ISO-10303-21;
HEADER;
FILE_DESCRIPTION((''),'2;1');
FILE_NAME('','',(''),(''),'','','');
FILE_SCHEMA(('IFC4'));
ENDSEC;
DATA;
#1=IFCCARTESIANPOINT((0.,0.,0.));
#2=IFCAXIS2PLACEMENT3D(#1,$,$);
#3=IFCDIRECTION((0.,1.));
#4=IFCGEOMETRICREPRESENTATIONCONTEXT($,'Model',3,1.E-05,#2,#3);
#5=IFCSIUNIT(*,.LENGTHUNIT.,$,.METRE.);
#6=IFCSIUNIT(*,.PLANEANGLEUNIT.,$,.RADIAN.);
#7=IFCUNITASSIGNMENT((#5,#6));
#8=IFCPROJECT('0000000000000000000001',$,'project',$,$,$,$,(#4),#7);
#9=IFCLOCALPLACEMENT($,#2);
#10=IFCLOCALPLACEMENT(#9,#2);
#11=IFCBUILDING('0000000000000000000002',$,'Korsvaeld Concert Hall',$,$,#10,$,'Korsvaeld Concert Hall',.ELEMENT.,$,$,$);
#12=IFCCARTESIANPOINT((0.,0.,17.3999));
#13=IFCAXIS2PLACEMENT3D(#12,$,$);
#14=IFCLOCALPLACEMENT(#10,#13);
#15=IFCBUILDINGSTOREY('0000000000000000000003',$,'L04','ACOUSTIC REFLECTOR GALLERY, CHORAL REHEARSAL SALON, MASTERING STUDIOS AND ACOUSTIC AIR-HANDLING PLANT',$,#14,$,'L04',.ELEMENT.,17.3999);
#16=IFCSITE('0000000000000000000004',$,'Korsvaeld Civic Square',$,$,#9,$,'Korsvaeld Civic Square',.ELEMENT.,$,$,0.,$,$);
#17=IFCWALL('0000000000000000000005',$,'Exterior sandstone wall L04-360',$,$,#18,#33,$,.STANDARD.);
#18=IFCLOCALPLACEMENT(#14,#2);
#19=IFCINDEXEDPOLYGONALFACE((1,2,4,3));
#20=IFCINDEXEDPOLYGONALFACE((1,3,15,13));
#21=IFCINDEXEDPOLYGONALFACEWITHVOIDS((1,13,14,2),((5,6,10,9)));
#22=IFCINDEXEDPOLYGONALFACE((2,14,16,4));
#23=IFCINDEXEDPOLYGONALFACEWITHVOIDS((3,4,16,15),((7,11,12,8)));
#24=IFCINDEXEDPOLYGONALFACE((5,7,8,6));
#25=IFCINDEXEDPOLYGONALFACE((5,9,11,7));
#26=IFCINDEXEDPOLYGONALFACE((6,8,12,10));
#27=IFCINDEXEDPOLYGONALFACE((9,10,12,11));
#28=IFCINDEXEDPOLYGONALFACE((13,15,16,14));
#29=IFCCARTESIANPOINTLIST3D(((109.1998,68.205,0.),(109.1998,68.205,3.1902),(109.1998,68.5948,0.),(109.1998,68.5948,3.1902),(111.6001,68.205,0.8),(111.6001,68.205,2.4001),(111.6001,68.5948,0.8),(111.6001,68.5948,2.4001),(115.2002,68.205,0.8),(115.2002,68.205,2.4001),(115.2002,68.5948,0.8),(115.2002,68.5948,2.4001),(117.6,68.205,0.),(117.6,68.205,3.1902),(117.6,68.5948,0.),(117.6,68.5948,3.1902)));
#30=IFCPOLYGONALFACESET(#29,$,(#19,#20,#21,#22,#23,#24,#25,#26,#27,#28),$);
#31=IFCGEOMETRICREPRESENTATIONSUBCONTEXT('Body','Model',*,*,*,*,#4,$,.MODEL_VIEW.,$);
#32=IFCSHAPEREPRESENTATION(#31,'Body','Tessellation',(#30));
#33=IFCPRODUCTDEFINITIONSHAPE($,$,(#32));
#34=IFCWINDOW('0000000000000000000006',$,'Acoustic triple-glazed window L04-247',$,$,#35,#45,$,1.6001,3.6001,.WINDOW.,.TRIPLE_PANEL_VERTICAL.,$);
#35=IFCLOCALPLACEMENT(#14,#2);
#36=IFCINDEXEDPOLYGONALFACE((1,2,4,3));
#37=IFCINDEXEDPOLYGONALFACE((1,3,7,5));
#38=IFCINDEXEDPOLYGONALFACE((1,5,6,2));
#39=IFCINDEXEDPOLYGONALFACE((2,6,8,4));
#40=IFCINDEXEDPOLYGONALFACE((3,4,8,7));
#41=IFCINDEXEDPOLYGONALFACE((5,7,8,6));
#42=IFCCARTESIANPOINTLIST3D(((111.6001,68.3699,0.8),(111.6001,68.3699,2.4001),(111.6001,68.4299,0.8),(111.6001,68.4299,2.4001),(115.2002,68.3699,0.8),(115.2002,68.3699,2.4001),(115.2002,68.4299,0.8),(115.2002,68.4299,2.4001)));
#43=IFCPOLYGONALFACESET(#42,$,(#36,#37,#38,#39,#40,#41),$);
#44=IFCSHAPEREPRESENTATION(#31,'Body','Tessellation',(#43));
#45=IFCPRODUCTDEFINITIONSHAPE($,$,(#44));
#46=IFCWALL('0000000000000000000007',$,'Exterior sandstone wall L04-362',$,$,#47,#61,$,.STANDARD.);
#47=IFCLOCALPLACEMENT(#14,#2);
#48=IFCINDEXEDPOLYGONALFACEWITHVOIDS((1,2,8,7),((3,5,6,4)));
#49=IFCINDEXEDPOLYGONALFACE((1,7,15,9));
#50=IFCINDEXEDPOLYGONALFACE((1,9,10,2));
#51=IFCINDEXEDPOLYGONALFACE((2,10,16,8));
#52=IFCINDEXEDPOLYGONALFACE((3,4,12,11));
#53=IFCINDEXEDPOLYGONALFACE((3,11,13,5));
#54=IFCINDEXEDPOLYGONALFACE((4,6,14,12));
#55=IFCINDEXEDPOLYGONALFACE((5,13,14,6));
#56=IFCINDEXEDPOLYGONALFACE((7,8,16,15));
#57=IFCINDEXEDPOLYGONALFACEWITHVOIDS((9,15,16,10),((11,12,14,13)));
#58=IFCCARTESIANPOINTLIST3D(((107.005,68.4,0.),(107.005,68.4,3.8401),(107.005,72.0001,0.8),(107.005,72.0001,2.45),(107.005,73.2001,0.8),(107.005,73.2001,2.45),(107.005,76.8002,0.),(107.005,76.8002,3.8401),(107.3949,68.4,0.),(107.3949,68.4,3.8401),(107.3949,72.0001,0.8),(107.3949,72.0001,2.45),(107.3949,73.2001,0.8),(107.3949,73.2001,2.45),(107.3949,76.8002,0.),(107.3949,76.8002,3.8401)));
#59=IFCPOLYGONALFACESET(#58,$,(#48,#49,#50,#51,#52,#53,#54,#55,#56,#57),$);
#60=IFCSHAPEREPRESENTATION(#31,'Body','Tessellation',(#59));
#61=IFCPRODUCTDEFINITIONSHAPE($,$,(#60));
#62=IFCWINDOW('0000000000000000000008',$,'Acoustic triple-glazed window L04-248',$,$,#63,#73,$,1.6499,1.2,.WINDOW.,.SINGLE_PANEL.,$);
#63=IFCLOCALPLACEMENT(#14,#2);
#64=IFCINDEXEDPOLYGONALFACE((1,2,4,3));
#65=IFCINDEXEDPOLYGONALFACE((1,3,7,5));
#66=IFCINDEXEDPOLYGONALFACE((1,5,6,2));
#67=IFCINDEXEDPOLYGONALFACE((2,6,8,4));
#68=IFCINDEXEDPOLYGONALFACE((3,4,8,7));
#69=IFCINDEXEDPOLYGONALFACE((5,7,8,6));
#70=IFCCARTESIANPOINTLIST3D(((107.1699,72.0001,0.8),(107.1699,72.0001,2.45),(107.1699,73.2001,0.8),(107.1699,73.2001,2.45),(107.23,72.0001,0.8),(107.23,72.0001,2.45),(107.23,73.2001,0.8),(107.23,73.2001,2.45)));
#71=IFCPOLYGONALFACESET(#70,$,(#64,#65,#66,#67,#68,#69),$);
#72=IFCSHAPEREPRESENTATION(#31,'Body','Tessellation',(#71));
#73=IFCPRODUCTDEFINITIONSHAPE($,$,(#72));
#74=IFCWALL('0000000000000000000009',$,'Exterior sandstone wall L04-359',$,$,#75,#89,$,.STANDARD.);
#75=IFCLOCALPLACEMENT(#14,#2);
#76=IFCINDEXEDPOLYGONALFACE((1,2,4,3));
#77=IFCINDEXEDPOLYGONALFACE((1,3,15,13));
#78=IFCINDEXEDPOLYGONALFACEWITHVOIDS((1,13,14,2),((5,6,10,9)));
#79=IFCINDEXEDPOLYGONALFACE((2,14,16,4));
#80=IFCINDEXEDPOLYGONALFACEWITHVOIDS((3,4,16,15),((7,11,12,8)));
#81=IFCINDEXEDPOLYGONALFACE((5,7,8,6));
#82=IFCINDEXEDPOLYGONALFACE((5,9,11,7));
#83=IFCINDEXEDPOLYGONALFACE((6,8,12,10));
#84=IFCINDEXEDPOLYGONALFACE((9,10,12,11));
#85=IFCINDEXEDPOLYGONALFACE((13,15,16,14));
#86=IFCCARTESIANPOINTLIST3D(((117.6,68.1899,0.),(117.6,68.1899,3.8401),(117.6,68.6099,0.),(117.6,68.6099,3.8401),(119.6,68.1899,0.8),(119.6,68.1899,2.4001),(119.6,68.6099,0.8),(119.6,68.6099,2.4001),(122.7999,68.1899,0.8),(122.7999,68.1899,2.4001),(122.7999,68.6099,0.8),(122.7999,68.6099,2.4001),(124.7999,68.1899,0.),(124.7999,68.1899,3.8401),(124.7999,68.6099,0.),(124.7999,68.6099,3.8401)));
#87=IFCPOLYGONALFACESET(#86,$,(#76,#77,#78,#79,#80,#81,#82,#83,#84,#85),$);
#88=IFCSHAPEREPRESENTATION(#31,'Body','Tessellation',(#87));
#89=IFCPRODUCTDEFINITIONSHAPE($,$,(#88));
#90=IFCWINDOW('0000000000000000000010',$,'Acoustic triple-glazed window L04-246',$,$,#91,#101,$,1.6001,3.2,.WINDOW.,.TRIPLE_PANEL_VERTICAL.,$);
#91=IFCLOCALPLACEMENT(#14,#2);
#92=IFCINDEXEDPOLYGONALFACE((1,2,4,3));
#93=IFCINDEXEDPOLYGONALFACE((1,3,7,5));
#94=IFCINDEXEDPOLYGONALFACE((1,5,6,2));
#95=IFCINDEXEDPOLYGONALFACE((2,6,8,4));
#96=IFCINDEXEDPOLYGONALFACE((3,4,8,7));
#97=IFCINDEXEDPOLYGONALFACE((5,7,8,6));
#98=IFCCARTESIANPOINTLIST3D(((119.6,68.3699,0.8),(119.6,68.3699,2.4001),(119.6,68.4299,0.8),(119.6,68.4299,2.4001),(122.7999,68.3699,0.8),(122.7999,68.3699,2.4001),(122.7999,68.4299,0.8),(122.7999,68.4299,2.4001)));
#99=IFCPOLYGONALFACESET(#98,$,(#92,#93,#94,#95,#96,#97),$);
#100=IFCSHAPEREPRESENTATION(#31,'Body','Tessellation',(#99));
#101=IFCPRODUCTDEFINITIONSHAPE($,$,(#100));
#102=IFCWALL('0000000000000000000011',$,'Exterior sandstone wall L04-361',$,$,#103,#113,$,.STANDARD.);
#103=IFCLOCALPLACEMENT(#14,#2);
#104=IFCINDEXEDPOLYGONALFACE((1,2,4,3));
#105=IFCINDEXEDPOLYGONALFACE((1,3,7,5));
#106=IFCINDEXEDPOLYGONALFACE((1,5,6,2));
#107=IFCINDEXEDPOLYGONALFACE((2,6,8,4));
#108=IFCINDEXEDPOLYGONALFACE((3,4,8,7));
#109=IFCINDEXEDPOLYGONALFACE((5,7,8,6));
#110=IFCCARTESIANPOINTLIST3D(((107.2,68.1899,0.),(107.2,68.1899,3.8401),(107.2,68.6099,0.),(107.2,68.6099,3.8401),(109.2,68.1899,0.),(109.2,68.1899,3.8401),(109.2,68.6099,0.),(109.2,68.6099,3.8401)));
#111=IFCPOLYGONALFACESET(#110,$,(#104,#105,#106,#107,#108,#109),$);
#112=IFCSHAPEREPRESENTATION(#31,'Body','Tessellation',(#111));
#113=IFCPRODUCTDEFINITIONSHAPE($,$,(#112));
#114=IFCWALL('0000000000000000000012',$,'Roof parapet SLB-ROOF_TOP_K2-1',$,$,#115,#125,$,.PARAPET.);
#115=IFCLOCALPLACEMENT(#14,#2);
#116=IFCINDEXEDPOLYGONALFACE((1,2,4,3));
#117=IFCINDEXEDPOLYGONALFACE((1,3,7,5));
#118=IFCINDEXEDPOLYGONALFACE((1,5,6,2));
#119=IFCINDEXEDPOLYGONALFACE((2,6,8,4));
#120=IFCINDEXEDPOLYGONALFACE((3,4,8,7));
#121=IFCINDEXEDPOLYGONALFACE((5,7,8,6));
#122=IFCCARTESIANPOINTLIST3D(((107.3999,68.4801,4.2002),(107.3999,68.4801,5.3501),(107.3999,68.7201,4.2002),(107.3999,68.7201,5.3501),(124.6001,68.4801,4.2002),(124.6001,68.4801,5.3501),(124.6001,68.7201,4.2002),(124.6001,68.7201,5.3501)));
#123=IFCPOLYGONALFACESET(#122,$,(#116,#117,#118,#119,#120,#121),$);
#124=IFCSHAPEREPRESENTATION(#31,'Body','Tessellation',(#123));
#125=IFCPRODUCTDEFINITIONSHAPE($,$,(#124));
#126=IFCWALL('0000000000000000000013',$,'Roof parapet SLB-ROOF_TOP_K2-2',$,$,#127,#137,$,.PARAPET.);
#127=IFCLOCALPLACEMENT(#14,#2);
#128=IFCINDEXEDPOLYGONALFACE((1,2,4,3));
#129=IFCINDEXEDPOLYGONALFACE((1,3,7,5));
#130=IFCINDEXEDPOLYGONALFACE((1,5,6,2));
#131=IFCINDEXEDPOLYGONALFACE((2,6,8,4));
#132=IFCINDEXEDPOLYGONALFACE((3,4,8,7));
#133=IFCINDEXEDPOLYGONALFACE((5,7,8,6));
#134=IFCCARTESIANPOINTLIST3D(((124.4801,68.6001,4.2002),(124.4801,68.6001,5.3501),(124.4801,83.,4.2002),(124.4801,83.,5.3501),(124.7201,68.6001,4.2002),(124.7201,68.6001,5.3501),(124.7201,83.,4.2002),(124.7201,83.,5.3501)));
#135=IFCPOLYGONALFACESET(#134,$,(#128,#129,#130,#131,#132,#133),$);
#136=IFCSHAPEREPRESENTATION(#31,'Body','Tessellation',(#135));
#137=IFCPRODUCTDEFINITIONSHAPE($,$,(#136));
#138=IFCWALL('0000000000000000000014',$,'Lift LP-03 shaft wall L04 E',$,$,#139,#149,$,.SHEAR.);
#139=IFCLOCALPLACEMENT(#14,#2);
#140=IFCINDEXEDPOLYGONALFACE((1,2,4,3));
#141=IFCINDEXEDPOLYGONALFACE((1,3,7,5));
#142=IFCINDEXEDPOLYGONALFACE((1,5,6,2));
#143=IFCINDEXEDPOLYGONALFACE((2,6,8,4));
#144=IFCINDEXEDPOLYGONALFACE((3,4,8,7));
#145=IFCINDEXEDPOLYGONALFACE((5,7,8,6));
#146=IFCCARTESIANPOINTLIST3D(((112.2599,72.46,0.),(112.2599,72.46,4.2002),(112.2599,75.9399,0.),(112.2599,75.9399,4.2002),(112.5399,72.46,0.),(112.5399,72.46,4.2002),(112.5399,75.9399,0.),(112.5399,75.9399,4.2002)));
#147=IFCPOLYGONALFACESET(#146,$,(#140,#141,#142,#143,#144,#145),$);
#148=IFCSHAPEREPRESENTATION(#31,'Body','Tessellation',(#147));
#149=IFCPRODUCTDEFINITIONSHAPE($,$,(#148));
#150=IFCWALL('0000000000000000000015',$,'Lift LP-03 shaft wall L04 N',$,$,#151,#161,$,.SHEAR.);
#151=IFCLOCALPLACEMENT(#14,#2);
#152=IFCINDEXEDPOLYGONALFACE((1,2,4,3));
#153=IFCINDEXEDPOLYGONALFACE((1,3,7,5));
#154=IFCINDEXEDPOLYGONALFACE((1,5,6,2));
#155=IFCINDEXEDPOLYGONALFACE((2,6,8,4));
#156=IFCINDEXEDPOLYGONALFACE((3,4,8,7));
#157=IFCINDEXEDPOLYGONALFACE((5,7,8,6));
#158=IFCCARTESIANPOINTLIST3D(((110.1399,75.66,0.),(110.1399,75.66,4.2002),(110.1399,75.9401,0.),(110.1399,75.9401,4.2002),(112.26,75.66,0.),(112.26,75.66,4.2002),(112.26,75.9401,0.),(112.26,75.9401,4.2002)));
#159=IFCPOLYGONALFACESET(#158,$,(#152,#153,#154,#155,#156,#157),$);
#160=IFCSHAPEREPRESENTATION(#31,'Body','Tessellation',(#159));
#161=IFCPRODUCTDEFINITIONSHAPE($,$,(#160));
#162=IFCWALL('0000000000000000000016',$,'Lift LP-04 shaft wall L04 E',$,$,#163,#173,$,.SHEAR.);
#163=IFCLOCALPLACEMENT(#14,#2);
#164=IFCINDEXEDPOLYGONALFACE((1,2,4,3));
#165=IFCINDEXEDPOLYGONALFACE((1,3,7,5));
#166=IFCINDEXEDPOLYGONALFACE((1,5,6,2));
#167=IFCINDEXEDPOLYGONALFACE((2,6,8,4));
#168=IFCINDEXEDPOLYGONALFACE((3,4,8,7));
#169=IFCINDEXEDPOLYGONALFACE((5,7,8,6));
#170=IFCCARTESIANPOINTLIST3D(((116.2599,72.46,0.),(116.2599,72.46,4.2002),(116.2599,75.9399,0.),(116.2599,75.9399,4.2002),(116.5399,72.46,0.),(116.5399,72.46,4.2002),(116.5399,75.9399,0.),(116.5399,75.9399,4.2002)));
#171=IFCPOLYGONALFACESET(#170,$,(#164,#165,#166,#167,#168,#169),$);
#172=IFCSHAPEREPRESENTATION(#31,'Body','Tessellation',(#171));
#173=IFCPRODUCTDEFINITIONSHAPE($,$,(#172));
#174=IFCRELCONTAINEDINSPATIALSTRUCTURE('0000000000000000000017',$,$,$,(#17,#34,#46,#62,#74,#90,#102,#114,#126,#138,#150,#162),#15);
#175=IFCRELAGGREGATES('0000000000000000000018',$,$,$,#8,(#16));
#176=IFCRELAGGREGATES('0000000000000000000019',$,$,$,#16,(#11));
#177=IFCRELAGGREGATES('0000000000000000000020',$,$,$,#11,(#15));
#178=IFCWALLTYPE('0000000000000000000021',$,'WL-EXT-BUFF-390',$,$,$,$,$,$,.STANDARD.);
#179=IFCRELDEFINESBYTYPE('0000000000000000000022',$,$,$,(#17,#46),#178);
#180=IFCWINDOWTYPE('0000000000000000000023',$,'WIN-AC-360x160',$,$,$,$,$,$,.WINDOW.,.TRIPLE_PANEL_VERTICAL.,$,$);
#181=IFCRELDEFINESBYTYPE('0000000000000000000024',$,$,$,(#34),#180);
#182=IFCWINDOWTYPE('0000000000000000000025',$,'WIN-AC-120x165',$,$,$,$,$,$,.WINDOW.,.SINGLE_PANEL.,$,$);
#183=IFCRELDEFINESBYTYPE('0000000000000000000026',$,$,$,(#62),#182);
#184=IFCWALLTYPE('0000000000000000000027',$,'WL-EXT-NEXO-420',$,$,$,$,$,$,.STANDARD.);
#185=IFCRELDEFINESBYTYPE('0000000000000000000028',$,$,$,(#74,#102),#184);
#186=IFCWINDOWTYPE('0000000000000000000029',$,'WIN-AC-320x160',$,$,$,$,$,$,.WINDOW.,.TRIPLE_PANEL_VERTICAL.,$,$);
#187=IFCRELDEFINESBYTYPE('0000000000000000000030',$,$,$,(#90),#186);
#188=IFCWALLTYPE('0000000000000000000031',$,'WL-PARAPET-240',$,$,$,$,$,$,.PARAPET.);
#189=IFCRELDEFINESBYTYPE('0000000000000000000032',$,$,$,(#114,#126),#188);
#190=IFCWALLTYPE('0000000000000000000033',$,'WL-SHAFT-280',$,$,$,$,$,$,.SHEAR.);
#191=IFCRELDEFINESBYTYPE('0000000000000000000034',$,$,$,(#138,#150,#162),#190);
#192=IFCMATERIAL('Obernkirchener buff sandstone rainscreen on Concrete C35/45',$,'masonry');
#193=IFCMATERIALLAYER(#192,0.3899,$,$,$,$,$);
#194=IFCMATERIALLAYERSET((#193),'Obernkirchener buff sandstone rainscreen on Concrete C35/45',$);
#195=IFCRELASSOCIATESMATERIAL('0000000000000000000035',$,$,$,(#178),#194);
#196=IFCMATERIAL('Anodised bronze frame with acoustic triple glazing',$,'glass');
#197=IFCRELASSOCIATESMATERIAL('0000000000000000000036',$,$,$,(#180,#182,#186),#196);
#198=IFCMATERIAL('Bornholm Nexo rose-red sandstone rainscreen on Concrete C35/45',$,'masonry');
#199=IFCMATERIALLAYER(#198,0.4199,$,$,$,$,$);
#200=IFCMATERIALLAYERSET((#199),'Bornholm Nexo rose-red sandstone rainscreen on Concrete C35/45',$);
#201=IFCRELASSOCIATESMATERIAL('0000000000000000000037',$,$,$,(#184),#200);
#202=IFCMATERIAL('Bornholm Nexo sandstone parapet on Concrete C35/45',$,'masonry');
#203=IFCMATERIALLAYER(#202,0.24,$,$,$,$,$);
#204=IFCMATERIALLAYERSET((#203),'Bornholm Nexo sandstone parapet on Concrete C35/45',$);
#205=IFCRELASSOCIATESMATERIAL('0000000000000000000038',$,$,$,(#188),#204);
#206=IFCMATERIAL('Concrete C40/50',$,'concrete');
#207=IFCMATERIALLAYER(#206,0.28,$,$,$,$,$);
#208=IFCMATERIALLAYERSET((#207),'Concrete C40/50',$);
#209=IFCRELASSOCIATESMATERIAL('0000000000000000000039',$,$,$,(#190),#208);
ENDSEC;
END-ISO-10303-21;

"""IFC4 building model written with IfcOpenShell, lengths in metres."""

from ifc_helpers import new_model, si_unit, direction, frame, frame_2d, origin, place, context, subcontext, project, spatial, rectangle, extrude, material, layer, layer_set, type_object, element, fill, save


model = new_model("IFC4")

# Units and contexts
model_context = context("Model", 3, precision=1e-05, world=origin(), true_north=direction((0.0, 1.0)))
body_context = subcontext(model_context, "Body", "Model", "MODEL_VIEW")
ifc_project = project(units=[si_unit("LENGTHUNIT", "METRE"), si_unit("PLANEANGLEUNIT", "RADIAN")], contexts=[model_context])

# Site, building, storey
site_placement = place(None, origin())
site = spatial("IfcSite", under=ifc_project, at=site_placement, Name="Korsvaeld Civic Square", LongName="Korsvaeld Civic Square", CompositionType="ELEMENT", RefElevation=0.0)
building_placement = place(site_placement, origin())
building = spatial("IfcBuilding", under=site, at=building_placement, Name="Korsvaeld Concert Hall", LongName="Korsvaeld Concert Hall", CompositionType="ELEMENT")
storey_placement = place(building_placement, frame((0.0, 0.0, 17.3999)))
storey = spatial("IfcBuildingStorey", under=building, at=storey_placement, Name="L04", Description="ACOUSTIC REFLECTOR GALLERY, CHORAL REHEARSAL SALON, MASTERING STUDIOS AND ACOUSTIC AIR-HANDLING PLANT", LongName="L04", CompositionType="ELEMENT", Elevation=17.3999)

# Shared definitions
ifc_material_1 = material(Name="Concrete C40/50", Category="concrete")

# Walls, openings, windows
ifc_material_2 = material(Name="Obernkirchener buff sandstone rainscreen on Concrete C35/45", Category="masonry")
ifc_layer_1 = layer(ifc_material_2, 0.3899)
ifc_layer_set_1 = layer_set([ifc_layer_1], Name="Obernkirchener buff sandstone rainscreen on Concrete C35/45")
wall_type_1 = type_object("IfcWallType", Name="WL-EXT-BUFF-390", PredefinedType="STANDARD", material=ifc_layer_set_1)
wall_1_placement = place(storey_placement, frame((117.6001, 68.3999, 0.0), z_axis=(0.0, 0.0, 1.0), x_axis=(-1.0, 0.0, 0.0)))
wall_1 = element("IfcWall", 1, at=wall_1_placement, inside=storey, type_object=wall_type_1, Name="Exterior sandstone wall L04-360", PredefinedType="STANDARD", context=body_context, shape_type="SweptSolid", body=[
    extrude(rectangle(XDim=8.4001, YDim=0.3899, at=frame_2d((4.2002, 0.0))), origin(), (0.0, 0.0, 1.0), 3.1902),
])
opening_1_placement = place(wall_1_placement, frame((2.3999, 0.0, 0.8)))
opening_1 = element("IfcOpeningElement", 2, at=opening_1_placement, cuts=wall_1, PredefinedType="OPENING", context=body_context, shape_type="SweptSolid", body=[
    extrude(rectangle(XDim=3.6001, YDim=1.6001, at=frame_2d((1.8, 0.8))), frame((0.0, 0.2051, 0.0), z_axis=(0.0, -1.0, 0.0), x_axis=(1.0, 0.0, 0.0)), (0.0, 0.0, 1.0), 0.4099),
])
ifc_material_3 = material(Name="Anodised bronze frame with acoustic triple glazing", Category="glass")
window_type_1 = type_object("IfcWindowType", Name="WIN-AC-360x160", PartitioningType="TRIPLE_PANEL_VERTICAL", PredefinedType="WINDOW", material=ifc_material_3)
window_1_placement = place(opening_1_placement, origin())
window_1 = element("IfcWindow", 3, at=window_1_placement, inside=storey, type_object=window_type_1, Name="Acoustic triple-glazed window L04-247", OverallHeight=1.6001, OverallWidth=3.6001, PartitioningType="TRIPLE_PANEL_VERTICAL", PredefinedType="WINDOW", context=body_context, shape_type="SweptSolid", body=[
    extrude(rectangle(XDim=3.6001, YDim=1.6001, at=frame_2d((1.8, 0.8))), frame((0.0, 0.03, 0.0), z_axis=(0.0, -1.0, 0.0), x_axis=(1.0, 0.0, 0.0)), (0.0, 0.0, 1.0), 0.0601),
])
fill(opening_1, window_1)
wall_2_placement = place(storey_placement, frame((107.2, 68.3999, 0.0), z_axis=(0.0, 0.0, 1.0), x_axis=(0.0, 1.0, 0.0)))
wall_2 = element("IfcWall", 4, at=wall_2_placement, inside=storey, type_object=wall_type_1, Name="Exterior sandstone wall L04-362", PredefinedType="STANDARD", context=body_context, shape_type="SweptSolid", body=[
    extrude(rectangle(XDim=8.4001, YDim=0.3899, at=frame_2d((4.2002, 0.0))), origin(), (0.0, 0.0, 1.0), 3.8401),
])
opening_2_placement = place(wall_2_placement, frame((3.6001, 0.0, 0.8)))
opening_2 = element("IfcOpeningElement", 5, at=opening_2_placement, cuts=wall_2, PredefinedType="OPENING", context=body_context, shape_type="SweptSolid", body=[
    extrude(rectangle(XDim=1.2, YDim=1.6499, at=frame_2d((0.6001, 0.825))), frame((0.0, 0.2051, 0.0), z_axis=(0.0, -1.0, 0.0), x_axis=(1.0, 0.0, 0.0)), (0.0, 0.0, 1.0), 0.4099),
])
window_type_2 = type_object("IfcWindowType", Name="WIN-AC-120x165", PartitioningType="SINGLE_PANEL", PredefinedType="WINDOW", material=ifc_material_3)
window_2_placement = place(opening_2_placement, origin())
window_2 = element("IfcWindow", 6, at=window_2_placement, inside=storey, type_object=window_type_2, Name="Acoustic triple-glazed window L04-248", OverallHeight=1.6499, OverallWidth=1.2, PartitioningType="SINGLE_PANEL", PredefinedType="WINDOW", context=body_context, shape_type="SweptSolid", body=[
    extrude(rectangle(XDim=1.2, YDim=1.6499, at=frame_2d((0.6001, 0.825))), frame((0.0, 0.03, 0.0), z_axis=(0.0, -1.0, 0.0), x_axis=(1.0, 0.0, 0.0)), (0.0, 0.0, 1.0), 0.0601),
])
fill(opening_2, window_2)
ifc_material_4 = material(Name="Bornholm Nexo rose-red sandstone rainscreen on Concrete C35/45", Category="masonry")
ifc_layer_2 = layer(ifc_material_4, 0.4199)
ifc_layer_set_2 = layer_set([ifc_layer_2], Name="Bornholm Nexo rose-red sandstone rainscreen on Concrete C35/45")
wall_type_2 = type_object("IfcWallType", Name="WL-EXT-NEXO-420", PredefinedType="STANDARD", material=ifc_layer_set_2)
wall_3_placement = place(storey_placement, frame((124.8, 68.3999, 0.0), z_axis=(0.0, 0.0, 1.0), x_axis=(-1.0, 0.0, 0.0)))
wall_3 = element("IfcWall", 7, at=wall_3_placement, inside=storey, type_object=wall_type_2, Name="Exterior sandstone wall L04-359", PredefinedType="STANDARD", context=body_context, shape_type="SweptSolid", body=[
    extrude(rectangle(XDim=7.2, YDim=0.4199, at=frame_2d((3.6001, 0.0))), origin(), (0.0, 0.0, 1.0), 3.8401),
])
opening_3_placement = place(wall_3_placement, frame((2.0, 0.0, 0.8)))
opening_3 = element("IfcOpeningElement", 8, at=opening_3_placement, cuts=wall_3, PredefinedType="OPENING", context=body_context, shape_type="SweptSolid", body=[
    extrude(rectangle(XDim=3.2, YDim=1.6001, at=frame_2d((1.6001, 0.8))), frame((0.0, 0.22, 0.0), z_axis=(0.0, -1.0, 0.0), x_axis=(1.0, 0.0, 0.0)), (0.0, 0.0, 1.0), 0.4399),
])
window_type_3 = type_object("IfcWindowType", Name="WIN-AC-320x160", PartitioningType="TRIPLE_PANEL_VERTICAL", PredefinedType="WINDOW", material=ifc_material_3)
window_3_placement = place(opening_3_placement, origin())
window_3 = element("IfcWindow", 9, at=window_3_placement, inside=storey, type_object=window_type_3, Name="Acoustic triple-glazed window L04-246", OverallHeight=1.6001, OverallWidth=3.2, PartitioningType="TRIPLE_PANEL_VERTICAL", PredefinedType="WINDOW", context=body_context, shape_type="SweptSolid", body=[
    extrude(rectangle(XDim=3.2, YDim=1.6001, at=frame_2d((1.6001, 0.8))), frame((0.0, 0.03, 0.0), z_axis=(0.0, -1.0, 0.0), x_axis=(1.0, 0.0, 0.0)), (0.0, 0.0, 1.0), 0.0601),
])
fill(opening_3, window_3)

# Walls
wall_4_placement = place(storey_placement, frame((109.2, 68.3999, 0.0), z_axis=(0.0, 0.0, 1.0), x_axis=(-1.0, 0.0, 0.0)))
element("IfcWall", 10, at=wall_4_placement, inside=storey, type_object=wall_type_2, Name="Exterior sandstone wall L04-361", PredefinedType="STANDARD", context=body_context, shape_type="SweptSolid", body=[
    extrude(rectangle(XDim=2.0, YDim=0.4199, at=frame_2d((1.0, 0.0))), origin(), (0.0, 0.0, 1.0), 3.8401),
])
ifc_material_5 = material(Name="Bornholm Nexo sandstone parapet on Concrete C35/45", Category="masonry")
ifc_layer_3 = layer(ifc_material_5, 0.24)
ifc_layer_set_3 = layer_set([ifc_layer_3], Name="Bornholm Nexo sandstone parapet on Concrete C35/45")
wall_type_3 = type_object("IfcWallType", Name="WL-PARAPET-240", PredefinedType="PARAPET", material=ifc_layer_set_3)
wall_5_placement = place(storey_placement, frame((107.3999, 68.6001, 4.2002), z_axis=(0.0, 0.0, 1.0), x_axis=(1.0, 0.0, 0.0)))
element("IfcWall", 11, at=wall_5_placement, inside=storey, type_object=wall_type_3, Name="Roof parapet SLB-ROOF_TOP_K2-1", PredefinedType="PARAPET", context=body_context, shape_type="SweptSolid", body=[
    extrude(rectangle(XDim=17.2002, YDim=0.24, at=frame_2d((8.6001, 0.0))), origin(), (0.0, 0.0, 1.0), 1.1499),
])
wall_6_placement = place(storey_placement, frame((124.6001, 68.6001, 4.2002), z_axis=(0.0, 0.0, 1.0), x_axis=(0.0, 1.0, 0.0)))
element("IfcWall", 12, at=wall_6_placement, inside=storey, type_object=wall_type_3, Name="Roof parapet SLB-ROOF_TOP_K2-2", PredefinedType="PARAPET", context=body_context, shape_type="SweptSolid", body=[
    extrude(rectangle(XDim=14.3999, YDim=0.24, at=frame_2d((7.2, 0.0))), origin(), (0.0, 0.0, 1.0), 1.1499),
])

# Shared definitions
ifc_layer_4 = layer(ifc_material_1, 0.28)
ifc_layer_set_4 = layer_set([ifc_layer_4], Name="Concrete C40/50")
wall_type_4 = type_object("IfcWallType", Name="WL-SHAFT-280", PredefinedType="SHEAR", material=ifc_layer_set_4)

# Walls
wall_7_placement = place(storey_placement, frame((112.3999, 72.46, 0.0), z_axis=(0.0, 0.0, 1.0), x_axis=(0.0, 1.0, 0.0)))
element("IfcWall", 13, at=wall_7_placement, inside=storey, type_object=wall_type_4, Name="Lift LP-03 shaft wall L04 E", PredefinedType="SHEAR", context=body_context, shape_type="SweptSolid", body=[
    extrude(rectangle(XDim=3.48, YDim=0.28, at=frame_2d((1.74, 0.0))), origin(), (0.0, 0.0, 1.0), 4.2002),
])
wall_8_placement = place(storey_placement, frame((112.26, 75.8, 0.0), z_axis=(0.0, 0.0, 1.0), x_axis=(-1.0, 0.0, 0.0)))
element("IfcWall", 14, at=wall_8_placement, inside=storey, type_object=wall_type_4, Name="Lift LP-03 shaft wall L04 N", PredefinedType="SHEAR", context=body_context, shape_type="SweptSolid", body=[
    extrude(rectangle(XDim=2.1201, YDim=0.28, at=frame_2d((1.0601, 0.0))), origin(), (0.0, 0.0, 1.0), 4.2002),
])

# Wall
wall_9_placement = place(storey_placement, frame((116.3999, 72.46, 0.0), z_axis=(0.0, 0.0, 1.0), x_axis=(0.0, 1.0, 0.0)))
element("IfcWall", 15, at=wall_9_placement, inside=storey, type_object=wall_type_4, Name="Lift LP-04 shaft wall L04 E", PredefinedType="SHEAR", context=body_context, shape_type="SweptSolid", body=[
    extrude(rectangle(XDim=3.48, YDim=0.28, at=frame_2d((1.74, 0.0))), origin(), (0.0, 0.0, 1.0), 4.2002),
])

save(model, "model.ifc")
